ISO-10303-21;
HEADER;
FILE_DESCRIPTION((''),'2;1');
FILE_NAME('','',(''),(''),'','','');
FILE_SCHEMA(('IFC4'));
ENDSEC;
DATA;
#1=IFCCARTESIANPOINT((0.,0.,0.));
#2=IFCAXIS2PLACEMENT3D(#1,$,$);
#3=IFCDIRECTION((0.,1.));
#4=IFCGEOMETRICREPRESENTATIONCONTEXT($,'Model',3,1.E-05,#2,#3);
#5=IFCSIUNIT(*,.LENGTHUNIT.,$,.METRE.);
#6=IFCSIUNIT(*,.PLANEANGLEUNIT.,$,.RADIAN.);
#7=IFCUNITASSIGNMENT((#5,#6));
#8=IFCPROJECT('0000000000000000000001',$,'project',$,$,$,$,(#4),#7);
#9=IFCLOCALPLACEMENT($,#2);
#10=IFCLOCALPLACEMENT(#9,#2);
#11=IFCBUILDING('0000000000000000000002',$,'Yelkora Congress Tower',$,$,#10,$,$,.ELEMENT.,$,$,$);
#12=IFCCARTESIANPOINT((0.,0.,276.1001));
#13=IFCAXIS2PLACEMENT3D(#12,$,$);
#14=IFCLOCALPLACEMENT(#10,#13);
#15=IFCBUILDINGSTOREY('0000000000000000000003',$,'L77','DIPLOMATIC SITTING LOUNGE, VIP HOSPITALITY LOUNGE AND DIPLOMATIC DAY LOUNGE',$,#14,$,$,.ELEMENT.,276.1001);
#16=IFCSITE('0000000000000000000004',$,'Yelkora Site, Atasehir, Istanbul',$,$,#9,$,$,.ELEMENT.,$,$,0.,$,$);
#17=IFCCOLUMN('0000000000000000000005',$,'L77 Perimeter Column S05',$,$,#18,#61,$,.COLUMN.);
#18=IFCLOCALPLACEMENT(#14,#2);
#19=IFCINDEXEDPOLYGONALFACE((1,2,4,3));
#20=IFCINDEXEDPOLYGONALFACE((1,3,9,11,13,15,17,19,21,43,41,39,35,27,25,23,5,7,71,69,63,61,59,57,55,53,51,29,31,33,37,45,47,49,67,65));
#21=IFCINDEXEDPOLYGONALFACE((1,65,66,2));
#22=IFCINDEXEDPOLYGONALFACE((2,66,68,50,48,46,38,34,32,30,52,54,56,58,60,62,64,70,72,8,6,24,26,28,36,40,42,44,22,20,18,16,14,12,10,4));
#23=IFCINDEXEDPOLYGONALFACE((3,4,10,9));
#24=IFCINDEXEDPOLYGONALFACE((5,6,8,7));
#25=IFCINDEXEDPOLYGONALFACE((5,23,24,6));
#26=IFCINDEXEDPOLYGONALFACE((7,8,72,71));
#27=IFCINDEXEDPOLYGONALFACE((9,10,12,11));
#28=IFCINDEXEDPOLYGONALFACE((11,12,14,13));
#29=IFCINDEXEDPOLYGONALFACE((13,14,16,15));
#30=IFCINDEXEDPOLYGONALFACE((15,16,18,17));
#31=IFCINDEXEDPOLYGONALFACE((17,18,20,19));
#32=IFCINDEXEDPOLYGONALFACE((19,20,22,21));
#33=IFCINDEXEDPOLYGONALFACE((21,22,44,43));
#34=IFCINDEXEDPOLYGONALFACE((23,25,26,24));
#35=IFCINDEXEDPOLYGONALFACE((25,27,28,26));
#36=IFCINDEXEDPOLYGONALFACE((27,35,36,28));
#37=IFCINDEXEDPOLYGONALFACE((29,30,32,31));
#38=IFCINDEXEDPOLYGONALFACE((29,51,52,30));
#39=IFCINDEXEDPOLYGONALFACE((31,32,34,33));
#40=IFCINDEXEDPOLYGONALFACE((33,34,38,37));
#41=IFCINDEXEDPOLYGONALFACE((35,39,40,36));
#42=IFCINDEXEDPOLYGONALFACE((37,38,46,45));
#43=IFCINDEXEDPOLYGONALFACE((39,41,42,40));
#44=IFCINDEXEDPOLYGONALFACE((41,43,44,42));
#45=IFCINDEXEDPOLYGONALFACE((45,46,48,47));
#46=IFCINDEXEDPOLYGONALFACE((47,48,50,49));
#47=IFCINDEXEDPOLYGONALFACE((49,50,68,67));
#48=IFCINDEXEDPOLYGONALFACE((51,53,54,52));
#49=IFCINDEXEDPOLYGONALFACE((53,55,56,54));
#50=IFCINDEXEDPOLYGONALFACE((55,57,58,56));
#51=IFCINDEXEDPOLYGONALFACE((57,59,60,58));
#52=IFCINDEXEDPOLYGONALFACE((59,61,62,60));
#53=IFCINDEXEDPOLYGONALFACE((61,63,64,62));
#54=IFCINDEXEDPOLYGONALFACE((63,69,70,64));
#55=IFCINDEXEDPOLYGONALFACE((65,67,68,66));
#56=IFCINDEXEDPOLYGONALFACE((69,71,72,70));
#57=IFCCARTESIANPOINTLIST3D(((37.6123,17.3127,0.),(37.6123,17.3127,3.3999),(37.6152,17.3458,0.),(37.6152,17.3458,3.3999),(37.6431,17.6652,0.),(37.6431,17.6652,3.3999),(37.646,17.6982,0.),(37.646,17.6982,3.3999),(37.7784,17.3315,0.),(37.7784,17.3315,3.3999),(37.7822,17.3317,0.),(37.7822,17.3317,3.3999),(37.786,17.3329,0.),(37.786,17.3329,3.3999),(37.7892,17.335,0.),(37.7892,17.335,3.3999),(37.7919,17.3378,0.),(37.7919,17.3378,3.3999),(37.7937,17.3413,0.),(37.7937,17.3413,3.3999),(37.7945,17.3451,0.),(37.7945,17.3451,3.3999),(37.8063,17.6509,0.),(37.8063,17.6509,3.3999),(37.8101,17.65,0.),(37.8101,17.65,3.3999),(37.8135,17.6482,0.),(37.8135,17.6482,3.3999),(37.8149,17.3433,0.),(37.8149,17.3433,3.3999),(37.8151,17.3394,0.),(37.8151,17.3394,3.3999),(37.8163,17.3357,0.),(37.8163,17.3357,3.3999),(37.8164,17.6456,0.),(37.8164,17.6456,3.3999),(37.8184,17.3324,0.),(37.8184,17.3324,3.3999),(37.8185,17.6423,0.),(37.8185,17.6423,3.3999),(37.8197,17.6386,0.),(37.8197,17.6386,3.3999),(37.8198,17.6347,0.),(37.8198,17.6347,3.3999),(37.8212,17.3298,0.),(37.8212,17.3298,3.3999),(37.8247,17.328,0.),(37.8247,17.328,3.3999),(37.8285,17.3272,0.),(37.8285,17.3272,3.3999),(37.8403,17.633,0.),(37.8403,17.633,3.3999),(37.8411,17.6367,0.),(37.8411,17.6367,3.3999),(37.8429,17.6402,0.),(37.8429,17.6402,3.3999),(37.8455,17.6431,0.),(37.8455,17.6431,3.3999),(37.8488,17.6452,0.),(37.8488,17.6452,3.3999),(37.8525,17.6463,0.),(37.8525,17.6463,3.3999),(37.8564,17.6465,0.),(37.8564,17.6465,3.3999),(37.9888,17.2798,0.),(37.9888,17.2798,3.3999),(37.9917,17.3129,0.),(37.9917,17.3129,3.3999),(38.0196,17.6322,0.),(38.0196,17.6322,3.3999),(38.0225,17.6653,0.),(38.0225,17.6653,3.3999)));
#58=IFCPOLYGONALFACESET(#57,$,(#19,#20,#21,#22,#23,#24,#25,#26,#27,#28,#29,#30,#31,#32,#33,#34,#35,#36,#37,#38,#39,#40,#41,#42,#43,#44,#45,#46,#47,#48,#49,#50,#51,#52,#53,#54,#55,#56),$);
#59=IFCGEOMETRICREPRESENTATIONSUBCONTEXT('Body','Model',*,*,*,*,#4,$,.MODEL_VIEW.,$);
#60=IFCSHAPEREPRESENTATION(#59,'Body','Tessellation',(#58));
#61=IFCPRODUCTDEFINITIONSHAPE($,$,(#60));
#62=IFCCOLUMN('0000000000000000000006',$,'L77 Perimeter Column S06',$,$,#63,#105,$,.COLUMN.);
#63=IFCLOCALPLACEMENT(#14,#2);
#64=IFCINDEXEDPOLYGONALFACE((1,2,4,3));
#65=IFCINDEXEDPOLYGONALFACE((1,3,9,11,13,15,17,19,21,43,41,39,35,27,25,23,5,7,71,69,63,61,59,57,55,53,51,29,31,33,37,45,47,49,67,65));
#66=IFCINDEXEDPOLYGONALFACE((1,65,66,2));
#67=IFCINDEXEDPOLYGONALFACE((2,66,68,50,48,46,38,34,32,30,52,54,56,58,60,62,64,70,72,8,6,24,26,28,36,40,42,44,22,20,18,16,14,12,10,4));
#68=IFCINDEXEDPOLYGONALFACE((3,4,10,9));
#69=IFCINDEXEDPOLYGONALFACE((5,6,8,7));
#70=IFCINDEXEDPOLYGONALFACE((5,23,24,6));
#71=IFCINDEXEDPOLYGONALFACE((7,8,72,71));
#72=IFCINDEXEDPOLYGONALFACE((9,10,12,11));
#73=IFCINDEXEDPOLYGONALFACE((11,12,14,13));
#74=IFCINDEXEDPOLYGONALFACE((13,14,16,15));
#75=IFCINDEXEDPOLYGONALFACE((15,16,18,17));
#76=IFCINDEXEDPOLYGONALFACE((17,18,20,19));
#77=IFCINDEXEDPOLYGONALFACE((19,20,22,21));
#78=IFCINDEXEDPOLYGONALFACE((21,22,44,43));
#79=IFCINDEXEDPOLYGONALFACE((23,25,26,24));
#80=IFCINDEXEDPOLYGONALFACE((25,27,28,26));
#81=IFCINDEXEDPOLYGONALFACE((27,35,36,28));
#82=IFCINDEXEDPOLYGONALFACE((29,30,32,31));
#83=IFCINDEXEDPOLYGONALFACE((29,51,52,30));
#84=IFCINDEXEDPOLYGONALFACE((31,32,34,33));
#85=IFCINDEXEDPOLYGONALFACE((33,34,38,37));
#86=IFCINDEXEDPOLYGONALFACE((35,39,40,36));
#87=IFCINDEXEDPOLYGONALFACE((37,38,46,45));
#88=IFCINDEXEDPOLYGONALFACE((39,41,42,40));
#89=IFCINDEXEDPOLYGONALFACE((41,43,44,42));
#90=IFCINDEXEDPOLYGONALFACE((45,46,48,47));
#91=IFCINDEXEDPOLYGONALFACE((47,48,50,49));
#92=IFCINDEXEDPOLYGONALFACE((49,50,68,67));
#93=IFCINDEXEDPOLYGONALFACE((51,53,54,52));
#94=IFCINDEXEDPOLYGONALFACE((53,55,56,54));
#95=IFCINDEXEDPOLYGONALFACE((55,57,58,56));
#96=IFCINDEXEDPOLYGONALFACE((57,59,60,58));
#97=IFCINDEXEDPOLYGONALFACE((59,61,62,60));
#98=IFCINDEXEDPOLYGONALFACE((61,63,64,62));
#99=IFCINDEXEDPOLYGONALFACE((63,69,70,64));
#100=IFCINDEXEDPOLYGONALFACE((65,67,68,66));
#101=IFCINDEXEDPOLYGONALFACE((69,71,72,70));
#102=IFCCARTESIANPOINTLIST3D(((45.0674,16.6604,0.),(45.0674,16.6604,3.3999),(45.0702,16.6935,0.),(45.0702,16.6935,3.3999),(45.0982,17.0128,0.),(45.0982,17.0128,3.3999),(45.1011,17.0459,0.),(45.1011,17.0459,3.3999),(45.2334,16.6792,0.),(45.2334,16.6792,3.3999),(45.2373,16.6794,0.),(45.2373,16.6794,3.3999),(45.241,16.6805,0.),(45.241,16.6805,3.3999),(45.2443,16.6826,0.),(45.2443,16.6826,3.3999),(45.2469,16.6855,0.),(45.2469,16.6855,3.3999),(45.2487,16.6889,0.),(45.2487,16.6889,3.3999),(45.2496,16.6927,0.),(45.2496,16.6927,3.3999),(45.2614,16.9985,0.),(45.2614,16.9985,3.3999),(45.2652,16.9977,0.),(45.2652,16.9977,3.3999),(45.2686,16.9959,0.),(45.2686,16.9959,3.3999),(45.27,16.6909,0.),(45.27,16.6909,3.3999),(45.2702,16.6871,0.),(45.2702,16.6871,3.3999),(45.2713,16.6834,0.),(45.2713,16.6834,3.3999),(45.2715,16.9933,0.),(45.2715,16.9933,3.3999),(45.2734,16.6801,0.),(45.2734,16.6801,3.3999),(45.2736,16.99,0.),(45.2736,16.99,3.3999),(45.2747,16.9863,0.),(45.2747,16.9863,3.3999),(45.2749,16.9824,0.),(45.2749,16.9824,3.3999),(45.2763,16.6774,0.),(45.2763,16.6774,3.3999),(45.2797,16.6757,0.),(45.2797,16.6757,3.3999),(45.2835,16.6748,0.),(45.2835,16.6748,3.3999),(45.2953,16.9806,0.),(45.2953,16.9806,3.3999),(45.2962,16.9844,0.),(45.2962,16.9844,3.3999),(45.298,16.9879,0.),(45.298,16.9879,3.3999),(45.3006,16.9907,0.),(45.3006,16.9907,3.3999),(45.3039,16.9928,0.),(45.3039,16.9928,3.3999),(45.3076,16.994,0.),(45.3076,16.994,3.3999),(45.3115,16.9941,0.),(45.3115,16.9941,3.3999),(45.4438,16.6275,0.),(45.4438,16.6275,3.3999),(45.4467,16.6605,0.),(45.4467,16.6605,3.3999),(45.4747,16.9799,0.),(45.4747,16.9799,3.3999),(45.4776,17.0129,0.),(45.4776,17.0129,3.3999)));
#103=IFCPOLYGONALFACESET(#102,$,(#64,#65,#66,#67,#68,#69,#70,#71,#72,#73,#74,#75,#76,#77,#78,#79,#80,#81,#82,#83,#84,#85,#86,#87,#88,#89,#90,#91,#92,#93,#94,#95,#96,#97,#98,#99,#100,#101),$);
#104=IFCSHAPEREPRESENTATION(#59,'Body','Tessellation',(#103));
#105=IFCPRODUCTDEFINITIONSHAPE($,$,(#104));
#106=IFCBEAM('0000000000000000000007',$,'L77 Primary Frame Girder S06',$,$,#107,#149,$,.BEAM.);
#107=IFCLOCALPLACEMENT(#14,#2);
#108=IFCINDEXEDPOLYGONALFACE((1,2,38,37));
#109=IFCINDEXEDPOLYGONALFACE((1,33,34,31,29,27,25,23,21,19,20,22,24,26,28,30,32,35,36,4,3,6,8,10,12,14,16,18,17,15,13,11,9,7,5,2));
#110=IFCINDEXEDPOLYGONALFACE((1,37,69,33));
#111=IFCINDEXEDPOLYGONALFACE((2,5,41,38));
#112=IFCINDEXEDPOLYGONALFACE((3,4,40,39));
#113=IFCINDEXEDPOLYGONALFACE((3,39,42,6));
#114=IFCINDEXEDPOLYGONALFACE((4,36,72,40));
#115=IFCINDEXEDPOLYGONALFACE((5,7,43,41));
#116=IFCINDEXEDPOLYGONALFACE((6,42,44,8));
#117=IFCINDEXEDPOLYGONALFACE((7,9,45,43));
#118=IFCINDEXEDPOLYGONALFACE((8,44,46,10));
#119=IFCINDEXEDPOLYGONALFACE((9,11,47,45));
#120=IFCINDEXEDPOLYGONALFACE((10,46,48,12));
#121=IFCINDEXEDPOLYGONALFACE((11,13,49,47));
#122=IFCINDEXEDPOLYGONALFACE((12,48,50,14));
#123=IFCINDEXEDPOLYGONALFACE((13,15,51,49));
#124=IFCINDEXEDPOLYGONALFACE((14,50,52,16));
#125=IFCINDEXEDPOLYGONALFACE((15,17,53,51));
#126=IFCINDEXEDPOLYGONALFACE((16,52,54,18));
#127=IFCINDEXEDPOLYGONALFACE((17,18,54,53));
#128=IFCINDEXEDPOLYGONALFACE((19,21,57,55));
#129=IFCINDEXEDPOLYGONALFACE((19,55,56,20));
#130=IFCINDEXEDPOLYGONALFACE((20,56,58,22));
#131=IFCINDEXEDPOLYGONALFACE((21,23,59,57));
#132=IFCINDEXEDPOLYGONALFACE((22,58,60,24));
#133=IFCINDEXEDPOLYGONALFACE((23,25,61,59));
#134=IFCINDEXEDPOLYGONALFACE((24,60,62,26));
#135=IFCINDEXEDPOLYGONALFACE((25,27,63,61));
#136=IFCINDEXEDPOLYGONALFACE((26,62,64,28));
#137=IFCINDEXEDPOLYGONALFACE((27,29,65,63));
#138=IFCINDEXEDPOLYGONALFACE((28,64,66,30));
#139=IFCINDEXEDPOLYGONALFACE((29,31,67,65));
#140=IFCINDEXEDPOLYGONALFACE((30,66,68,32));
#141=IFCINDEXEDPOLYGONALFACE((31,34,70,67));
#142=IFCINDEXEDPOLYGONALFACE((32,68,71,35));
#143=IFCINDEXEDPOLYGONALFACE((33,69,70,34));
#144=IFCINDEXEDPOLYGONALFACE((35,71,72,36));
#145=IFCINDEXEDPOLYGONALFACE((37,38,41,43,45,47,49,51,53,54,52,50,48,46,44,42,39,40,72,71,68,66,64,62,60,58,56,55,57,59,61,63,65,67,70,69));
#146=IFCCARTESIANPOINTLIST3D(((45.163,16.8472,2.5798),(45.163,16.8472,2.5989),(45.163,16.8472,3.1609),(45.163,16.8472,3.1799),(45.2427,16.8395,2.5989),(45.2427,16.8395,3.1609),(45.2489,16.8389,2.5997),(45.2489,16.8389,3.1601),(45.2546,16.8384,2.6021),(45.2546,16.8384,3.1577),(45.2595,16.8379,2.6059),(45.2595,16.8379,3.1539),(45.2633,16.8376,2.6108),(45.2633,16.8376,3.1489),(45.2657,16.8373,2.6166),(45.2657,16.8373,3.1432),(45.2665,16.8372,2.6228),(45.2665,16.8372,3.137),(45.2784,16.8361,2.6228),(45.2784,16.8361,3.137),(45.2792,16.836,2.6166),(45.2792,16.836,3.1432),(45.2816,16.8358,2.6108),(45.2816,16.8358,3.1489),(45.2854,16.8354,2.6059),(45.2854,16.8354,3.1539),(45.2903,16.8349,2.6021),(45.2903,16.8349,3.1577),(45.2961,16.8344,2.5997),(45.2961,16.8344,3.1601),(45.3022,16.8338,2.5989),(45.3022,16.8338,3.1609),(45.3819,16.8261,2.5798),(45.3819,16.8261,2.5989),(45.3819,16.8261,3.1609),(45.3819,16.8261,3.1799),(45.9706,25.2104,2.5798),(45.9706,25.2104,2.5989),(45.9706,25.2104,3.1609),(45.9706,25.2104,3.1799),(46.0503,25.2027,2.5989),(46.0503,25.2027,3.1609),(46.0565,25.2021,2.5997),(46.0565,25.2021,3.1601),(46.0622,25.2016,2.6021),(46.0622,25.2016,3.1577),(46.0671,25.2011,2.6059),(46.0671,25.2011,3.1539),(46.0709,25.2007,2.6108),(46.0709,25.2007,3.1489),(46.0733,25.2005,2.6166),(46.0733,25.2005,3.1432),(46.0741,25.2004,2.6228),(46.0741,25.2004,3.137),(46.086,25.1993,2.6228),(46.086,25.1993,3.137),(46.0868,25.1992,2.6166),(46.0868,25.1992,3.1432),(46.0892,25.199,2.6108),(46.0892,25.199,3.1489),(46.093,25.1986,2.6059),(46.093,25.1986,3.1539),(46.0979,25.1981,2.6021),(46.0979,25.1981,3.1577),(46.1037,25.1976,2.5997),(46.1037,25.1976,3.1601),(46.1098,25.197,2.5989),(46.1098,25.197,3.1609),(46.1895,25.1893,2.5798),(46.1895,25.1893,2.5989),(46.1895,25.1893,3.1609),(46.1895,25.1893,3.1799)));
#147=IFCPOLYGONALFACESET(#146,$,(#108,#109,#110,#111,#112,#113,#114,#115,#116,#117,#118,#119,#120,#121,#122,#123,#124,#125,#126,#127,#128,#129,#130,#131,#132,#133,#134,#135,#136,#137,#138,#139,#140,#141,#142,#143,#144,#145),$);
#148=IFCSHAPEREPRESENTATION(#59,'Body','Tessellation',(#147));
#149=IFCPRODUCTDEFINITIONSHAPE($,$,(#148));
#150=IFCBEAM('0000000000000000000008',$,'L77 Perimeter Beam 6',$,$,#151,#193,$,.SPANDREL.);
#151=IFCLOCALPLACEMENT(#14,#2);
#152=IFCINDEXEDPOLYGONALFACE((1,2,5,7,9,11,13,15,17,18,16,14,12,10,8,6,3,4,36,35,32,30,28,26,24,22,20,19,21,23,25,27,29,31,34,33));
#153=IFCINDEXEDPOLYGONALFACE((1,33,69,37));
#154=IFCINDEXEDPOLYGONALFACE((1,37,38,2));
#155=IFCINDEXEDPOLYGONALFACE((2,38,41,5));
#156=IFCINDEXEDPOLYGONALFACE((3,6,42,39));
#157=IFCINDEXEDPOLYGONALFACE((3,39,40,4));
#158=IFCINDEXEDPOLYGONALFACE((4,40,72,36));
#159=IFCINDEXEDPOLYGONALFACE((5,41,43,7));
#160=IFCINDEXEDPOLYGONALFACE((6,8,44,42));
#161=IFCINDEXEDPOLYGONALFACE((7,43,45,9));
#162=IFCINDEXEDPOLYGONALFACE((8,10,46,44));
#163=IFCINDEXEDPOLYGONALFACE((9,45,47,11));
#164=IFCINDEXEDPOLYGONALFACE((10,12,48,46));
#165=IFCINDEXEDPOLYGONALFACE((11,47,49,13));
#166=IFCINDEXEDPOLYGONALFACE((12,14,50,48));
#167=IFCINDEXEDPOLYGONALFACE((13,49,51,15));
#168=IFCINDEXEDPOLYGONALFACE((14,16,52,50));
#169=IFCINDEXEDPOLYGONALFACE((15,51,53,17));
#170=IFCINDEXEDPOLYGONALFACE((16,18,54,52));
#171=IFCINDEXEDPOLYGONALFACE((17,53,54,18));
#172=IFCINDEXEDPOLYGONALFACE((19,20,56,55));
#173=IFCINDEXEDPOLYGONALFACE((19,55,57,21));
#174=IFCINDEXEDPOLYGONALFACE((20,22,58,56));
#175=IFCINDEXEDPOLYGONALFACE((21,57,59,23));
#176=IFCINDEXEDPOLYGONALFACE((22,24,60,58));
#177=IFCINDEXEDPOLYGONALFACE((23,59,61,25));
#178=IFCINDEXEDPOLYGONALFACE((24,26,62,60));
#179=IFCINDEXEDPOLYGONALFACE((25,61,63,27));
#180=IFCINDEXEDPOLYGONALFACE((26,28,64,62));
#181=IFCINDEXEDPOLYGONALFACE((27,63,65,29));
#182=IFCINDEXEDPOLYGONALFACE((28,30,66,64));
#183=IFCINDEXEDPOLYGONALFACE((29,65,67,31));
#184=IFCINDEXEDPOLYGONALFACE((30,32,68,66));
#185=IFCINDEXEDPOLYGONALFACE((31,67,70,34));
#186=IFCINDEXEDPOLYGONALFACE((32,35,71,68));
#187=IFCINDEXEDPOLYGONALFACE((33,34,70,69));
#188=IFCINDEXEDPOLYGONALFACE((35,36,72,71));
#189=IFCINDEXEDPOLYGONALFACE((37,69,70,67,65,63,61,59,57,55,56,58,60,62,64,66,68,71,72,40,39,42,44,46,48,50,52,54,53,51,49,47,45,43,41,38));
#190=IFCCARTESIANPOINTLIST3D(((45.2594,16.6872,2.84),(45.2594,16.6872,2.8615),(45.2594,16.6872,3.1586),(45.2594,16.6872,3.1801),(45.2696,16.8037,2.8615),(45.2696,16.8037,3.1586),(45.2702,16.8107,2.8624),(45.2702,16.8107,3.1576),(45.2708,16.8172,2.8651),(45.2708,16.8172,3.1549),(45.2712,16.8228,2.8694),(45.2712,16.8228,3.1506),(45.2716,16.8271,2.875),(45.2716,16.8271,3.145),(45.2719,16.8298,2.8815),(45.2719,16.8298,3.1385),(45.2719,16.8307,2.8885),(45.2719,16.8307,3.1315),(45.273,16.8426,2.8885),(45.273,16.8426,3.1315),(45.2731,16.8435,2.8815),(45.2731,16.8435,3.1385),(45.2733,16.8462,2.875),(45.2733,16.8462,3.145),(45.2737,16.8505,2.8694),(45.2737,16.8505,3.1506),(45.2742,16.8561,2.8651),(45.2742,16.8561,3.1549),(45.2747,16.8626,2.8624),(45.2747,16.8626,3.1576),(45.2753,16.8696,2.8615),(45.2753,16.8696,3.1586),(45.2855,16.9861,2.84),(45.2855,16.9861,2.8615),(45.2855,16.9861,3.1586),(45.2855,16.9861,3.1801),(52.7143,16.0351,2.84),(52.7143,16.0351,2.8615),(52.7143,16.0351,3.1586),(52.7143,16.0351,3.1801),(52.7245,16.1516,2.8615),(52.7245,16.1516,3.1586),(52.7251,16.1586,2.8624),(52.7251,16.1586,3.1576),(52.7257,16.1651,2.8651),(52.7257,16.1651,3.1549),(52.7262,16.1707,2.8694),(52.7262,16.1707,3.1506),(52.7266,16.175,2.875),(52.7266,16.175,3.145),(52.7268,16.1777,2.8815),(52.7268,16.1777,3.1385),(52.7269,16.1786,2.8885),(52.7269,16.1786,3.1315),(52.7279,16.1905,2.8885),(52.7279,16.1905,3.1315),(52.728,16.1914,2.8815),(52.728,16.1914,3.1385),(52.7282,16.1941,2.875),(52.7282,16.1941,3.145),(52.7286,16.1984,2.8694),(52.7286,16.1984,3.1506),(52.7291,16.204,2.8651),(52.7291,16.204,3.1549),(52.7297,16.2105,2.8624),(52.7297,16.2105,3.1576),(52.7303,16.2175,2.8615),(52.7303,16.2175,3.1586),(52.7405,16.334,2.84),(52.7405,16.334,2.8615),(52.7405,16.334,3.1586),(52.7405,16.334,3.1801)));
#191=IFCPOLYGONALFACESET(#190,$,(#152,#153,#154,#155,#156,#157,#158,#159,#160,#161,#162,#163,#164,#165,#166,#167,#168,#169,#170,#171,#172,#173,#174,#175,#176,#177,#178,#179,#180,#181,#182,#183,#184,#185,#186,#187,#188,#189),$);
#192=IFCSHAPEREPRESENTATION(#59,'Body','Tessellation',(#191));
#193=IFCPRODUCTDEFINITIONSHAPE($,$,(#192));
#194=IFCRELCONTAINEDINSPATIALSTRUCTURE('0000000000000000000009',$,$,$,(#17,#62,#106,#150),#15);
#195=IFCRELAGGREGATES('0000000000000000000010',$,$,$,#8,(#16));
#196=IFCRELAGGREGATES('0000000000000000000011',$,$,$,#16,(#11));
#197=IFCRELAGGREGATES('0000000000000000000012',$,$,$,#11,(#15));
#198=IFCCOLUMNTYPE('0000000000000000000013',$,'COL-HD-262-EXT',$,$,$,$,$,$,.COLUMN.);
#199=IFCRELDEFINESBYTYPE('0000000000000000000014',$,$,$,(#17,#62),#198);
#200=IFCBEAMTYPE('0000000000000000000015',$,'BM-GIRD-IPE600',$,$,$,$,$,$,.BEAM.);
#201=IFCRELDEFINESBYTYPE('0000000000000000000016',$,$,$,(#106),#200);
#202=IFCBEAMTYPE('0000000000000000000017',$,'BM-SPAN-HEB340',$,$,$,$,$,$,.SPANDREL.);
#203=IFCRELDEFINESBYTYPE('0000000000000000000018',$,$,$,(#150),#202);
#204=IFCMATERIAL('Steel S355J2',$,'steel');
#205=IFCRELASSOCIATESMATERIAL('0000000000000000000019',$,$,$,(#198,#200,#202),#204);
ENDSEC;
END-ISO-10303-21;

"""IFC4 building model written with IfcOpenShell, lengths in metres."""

from ifc_helpers import new_model, si_unit, direction, frame, origin, origin_2d, place, context, subcontext, project, spatial, i_section, extrude, material, material_profile, profile_set, type_object, element, save


model = new_model("IFC4")

# Units and contexts
model_context = context("Model", 3, precision=1e-05, world=origin(), true_north=direction((0.0, 1.0)))
body_context = subcontext(model_context, "Body", "Model", "MODEL_VIEW")
ifc_project = project(units=[si_unit("LENGTHUNIT", "METRE"), si_unit("PLANEANGLEUNIT", "RADIAN")], contexts=[model_context])

# Site, building, storey
site_placement = place(None, origin())
site = spatial("IfcSite", under=ifc_project, at=site_placement, Name="Yelkora Site, Atasehir, Istanbul", CompositionType="ELEMENT", RefElevation=0.0)
building_placement = place(site_placement, origin())
building = spatial("IfcBuilding", under=site, at=building_placement, Name="Yelkora Congress Tower", CompositionType="ELEMENT")
storey_placement = place(building_placement, frame((0.0, 0.0, 276.1001)))
storey = spatial("IfcBuildingStorey", under=building, at=storey_placement, Name="L77", Description="DIPLOMATIC SITTING LOUNGE, VIP HOSPITALITY LOUNGE AND DIPLOMATIC DAY LOUNGE", CompositionType="ELEMENT", Elevation=276.1001)

# Columns
ifc_material_1 = material(Name="Steel S355J2", Category="steel")
ifc_material_profile_1 = material_profile(ifc_material_1, i_section(OverallWidth=0.3779, OverallDepth=0.387, WebThickness=0.0205, FlangeThickness=0.0332, FilletRadius=0.0149, at=origin_2d()), Name="HD 360x262")
ifc_profile_set_1 = profile_set([ifc_material_profile_1], Name="Steel S355J2")
column_type = type_object("IfcColumnType", Name="COL-HD-262-EXT", PredefinedType="COLUMN", material=ifc_profile_set_1)
for number, where, z_axis, x_axis, name in (
    (1, (37.8174, 17.489, 0.0), (0.0, 0.0, 1.0), (0.996195, -0.087156, 0.0), "L77 Perimeter Column S05"),
    (2, (45.2725, 16.8367, 0.0), (0.0, 0.0, 1.0), (0.996195, -0.087156, 0.0), "L77 Perimeter Column S06"),
):
    element("IfcColumn", number, at=place(storey_placement, frame(where, z_axis=z_axis, x_axis=x_axis)), inside=storey, type_object=column_type, Name=name, PredefinedType="COLUMN", context=body_context, shape_type="SweptSolid", body=[
        extrude(i_section(OverallWidth=0.3779, OverallDepth=0.387, WebThickness=0.0205, FlangeThickness=0.0332, FilletRadius=0.0149, at=origin_2d()), origin(), (0.0, 0.0, 1.0), 3.3999),
    ])

# Beams
ifc_material_profile_2 = material_profile(ifc_material_1, i_section(OverallWidth=0.22, OverallDepth=0.6001, WebThickness=0.012, FlangeThickness=0.019, FilletRadius=0.0239, at=origin_2d()), Name="IPE 600")
ifc_profile_set_2 = profile_set([ifc_material_profile_2], Name="Steel S355J2")
beam_type_1 = type_object("IfcBeamType", Name="BM-GIRD-IPE600", PredefinedType="BEAM", material=ifc_profile_set_2)
beam_1_placement = place(storey_placement, frame((45.2725, 16.8367, 2.8799), z_axis=(0.09612, 0.99537, 0.0), x_axis=(-0.99537, 0.09612, 0.0)))
element("IfcBeam", 3, at=beam_1_placement, inside=storey, type_object=beam_type_1, Name="L77 Primary Frame Girder S06", PredefinedType="BEAM", context=body_context, shape_type="SweptSolid", body=[
    extrude(i_section(OverallWidth=0.22, OverallDepth=0.6001, WebThickness=0.012, FlangeThickness=0.019, FilletRadius=0.0239, at=origin_2d()), origin(), (0.0, 0.0, 1.0), 8.4021),
])
ifc_material_profile_3 = material_profile(ifc_material_1, i_section(OverallWidth=0.3, OverallDepth=0.3401, WebThickness=0.012, FlangeThickness=0.0215, FilletRadius=0.0271, at=origin_2d()), Name="HEB 340")
ifc_profile_set_3 = profile_set([ifc_material_profile_3], Name="Steel S355J2")
beam_type_2 = type_object("IfcBeamType", Name="BM-SPAN-HEB340", PredefinedType="SPANDREL", material=ifc_profile_set_3)
beam_2_placement = place(storey_placement, frame((45.2725, 16.8367, 3.01), z_axis=(0.996196, -0.087141, 0.0), x_axis=(0.087141, 0.996196, 0.0)))
element("IfcBeam", 4, at=beam_2_placement, inside=storey, type_object=beam_type_2, Name="L77 Perimeter Beam 6", PredefinedType="SPANDREL", context=body_context, shape_type="SweptSolid", body=[
    extrude(i_section(OverallWidth=0.3, OverallDepth=0.3401, WebThickness=0.012, FlangeThickness=0.0215, FilletRadius=0.0271, at=origin_2d()), origin(), (0.0, 0.0, 1.0), 7.4834),
])

save(model, "model.ifc")
